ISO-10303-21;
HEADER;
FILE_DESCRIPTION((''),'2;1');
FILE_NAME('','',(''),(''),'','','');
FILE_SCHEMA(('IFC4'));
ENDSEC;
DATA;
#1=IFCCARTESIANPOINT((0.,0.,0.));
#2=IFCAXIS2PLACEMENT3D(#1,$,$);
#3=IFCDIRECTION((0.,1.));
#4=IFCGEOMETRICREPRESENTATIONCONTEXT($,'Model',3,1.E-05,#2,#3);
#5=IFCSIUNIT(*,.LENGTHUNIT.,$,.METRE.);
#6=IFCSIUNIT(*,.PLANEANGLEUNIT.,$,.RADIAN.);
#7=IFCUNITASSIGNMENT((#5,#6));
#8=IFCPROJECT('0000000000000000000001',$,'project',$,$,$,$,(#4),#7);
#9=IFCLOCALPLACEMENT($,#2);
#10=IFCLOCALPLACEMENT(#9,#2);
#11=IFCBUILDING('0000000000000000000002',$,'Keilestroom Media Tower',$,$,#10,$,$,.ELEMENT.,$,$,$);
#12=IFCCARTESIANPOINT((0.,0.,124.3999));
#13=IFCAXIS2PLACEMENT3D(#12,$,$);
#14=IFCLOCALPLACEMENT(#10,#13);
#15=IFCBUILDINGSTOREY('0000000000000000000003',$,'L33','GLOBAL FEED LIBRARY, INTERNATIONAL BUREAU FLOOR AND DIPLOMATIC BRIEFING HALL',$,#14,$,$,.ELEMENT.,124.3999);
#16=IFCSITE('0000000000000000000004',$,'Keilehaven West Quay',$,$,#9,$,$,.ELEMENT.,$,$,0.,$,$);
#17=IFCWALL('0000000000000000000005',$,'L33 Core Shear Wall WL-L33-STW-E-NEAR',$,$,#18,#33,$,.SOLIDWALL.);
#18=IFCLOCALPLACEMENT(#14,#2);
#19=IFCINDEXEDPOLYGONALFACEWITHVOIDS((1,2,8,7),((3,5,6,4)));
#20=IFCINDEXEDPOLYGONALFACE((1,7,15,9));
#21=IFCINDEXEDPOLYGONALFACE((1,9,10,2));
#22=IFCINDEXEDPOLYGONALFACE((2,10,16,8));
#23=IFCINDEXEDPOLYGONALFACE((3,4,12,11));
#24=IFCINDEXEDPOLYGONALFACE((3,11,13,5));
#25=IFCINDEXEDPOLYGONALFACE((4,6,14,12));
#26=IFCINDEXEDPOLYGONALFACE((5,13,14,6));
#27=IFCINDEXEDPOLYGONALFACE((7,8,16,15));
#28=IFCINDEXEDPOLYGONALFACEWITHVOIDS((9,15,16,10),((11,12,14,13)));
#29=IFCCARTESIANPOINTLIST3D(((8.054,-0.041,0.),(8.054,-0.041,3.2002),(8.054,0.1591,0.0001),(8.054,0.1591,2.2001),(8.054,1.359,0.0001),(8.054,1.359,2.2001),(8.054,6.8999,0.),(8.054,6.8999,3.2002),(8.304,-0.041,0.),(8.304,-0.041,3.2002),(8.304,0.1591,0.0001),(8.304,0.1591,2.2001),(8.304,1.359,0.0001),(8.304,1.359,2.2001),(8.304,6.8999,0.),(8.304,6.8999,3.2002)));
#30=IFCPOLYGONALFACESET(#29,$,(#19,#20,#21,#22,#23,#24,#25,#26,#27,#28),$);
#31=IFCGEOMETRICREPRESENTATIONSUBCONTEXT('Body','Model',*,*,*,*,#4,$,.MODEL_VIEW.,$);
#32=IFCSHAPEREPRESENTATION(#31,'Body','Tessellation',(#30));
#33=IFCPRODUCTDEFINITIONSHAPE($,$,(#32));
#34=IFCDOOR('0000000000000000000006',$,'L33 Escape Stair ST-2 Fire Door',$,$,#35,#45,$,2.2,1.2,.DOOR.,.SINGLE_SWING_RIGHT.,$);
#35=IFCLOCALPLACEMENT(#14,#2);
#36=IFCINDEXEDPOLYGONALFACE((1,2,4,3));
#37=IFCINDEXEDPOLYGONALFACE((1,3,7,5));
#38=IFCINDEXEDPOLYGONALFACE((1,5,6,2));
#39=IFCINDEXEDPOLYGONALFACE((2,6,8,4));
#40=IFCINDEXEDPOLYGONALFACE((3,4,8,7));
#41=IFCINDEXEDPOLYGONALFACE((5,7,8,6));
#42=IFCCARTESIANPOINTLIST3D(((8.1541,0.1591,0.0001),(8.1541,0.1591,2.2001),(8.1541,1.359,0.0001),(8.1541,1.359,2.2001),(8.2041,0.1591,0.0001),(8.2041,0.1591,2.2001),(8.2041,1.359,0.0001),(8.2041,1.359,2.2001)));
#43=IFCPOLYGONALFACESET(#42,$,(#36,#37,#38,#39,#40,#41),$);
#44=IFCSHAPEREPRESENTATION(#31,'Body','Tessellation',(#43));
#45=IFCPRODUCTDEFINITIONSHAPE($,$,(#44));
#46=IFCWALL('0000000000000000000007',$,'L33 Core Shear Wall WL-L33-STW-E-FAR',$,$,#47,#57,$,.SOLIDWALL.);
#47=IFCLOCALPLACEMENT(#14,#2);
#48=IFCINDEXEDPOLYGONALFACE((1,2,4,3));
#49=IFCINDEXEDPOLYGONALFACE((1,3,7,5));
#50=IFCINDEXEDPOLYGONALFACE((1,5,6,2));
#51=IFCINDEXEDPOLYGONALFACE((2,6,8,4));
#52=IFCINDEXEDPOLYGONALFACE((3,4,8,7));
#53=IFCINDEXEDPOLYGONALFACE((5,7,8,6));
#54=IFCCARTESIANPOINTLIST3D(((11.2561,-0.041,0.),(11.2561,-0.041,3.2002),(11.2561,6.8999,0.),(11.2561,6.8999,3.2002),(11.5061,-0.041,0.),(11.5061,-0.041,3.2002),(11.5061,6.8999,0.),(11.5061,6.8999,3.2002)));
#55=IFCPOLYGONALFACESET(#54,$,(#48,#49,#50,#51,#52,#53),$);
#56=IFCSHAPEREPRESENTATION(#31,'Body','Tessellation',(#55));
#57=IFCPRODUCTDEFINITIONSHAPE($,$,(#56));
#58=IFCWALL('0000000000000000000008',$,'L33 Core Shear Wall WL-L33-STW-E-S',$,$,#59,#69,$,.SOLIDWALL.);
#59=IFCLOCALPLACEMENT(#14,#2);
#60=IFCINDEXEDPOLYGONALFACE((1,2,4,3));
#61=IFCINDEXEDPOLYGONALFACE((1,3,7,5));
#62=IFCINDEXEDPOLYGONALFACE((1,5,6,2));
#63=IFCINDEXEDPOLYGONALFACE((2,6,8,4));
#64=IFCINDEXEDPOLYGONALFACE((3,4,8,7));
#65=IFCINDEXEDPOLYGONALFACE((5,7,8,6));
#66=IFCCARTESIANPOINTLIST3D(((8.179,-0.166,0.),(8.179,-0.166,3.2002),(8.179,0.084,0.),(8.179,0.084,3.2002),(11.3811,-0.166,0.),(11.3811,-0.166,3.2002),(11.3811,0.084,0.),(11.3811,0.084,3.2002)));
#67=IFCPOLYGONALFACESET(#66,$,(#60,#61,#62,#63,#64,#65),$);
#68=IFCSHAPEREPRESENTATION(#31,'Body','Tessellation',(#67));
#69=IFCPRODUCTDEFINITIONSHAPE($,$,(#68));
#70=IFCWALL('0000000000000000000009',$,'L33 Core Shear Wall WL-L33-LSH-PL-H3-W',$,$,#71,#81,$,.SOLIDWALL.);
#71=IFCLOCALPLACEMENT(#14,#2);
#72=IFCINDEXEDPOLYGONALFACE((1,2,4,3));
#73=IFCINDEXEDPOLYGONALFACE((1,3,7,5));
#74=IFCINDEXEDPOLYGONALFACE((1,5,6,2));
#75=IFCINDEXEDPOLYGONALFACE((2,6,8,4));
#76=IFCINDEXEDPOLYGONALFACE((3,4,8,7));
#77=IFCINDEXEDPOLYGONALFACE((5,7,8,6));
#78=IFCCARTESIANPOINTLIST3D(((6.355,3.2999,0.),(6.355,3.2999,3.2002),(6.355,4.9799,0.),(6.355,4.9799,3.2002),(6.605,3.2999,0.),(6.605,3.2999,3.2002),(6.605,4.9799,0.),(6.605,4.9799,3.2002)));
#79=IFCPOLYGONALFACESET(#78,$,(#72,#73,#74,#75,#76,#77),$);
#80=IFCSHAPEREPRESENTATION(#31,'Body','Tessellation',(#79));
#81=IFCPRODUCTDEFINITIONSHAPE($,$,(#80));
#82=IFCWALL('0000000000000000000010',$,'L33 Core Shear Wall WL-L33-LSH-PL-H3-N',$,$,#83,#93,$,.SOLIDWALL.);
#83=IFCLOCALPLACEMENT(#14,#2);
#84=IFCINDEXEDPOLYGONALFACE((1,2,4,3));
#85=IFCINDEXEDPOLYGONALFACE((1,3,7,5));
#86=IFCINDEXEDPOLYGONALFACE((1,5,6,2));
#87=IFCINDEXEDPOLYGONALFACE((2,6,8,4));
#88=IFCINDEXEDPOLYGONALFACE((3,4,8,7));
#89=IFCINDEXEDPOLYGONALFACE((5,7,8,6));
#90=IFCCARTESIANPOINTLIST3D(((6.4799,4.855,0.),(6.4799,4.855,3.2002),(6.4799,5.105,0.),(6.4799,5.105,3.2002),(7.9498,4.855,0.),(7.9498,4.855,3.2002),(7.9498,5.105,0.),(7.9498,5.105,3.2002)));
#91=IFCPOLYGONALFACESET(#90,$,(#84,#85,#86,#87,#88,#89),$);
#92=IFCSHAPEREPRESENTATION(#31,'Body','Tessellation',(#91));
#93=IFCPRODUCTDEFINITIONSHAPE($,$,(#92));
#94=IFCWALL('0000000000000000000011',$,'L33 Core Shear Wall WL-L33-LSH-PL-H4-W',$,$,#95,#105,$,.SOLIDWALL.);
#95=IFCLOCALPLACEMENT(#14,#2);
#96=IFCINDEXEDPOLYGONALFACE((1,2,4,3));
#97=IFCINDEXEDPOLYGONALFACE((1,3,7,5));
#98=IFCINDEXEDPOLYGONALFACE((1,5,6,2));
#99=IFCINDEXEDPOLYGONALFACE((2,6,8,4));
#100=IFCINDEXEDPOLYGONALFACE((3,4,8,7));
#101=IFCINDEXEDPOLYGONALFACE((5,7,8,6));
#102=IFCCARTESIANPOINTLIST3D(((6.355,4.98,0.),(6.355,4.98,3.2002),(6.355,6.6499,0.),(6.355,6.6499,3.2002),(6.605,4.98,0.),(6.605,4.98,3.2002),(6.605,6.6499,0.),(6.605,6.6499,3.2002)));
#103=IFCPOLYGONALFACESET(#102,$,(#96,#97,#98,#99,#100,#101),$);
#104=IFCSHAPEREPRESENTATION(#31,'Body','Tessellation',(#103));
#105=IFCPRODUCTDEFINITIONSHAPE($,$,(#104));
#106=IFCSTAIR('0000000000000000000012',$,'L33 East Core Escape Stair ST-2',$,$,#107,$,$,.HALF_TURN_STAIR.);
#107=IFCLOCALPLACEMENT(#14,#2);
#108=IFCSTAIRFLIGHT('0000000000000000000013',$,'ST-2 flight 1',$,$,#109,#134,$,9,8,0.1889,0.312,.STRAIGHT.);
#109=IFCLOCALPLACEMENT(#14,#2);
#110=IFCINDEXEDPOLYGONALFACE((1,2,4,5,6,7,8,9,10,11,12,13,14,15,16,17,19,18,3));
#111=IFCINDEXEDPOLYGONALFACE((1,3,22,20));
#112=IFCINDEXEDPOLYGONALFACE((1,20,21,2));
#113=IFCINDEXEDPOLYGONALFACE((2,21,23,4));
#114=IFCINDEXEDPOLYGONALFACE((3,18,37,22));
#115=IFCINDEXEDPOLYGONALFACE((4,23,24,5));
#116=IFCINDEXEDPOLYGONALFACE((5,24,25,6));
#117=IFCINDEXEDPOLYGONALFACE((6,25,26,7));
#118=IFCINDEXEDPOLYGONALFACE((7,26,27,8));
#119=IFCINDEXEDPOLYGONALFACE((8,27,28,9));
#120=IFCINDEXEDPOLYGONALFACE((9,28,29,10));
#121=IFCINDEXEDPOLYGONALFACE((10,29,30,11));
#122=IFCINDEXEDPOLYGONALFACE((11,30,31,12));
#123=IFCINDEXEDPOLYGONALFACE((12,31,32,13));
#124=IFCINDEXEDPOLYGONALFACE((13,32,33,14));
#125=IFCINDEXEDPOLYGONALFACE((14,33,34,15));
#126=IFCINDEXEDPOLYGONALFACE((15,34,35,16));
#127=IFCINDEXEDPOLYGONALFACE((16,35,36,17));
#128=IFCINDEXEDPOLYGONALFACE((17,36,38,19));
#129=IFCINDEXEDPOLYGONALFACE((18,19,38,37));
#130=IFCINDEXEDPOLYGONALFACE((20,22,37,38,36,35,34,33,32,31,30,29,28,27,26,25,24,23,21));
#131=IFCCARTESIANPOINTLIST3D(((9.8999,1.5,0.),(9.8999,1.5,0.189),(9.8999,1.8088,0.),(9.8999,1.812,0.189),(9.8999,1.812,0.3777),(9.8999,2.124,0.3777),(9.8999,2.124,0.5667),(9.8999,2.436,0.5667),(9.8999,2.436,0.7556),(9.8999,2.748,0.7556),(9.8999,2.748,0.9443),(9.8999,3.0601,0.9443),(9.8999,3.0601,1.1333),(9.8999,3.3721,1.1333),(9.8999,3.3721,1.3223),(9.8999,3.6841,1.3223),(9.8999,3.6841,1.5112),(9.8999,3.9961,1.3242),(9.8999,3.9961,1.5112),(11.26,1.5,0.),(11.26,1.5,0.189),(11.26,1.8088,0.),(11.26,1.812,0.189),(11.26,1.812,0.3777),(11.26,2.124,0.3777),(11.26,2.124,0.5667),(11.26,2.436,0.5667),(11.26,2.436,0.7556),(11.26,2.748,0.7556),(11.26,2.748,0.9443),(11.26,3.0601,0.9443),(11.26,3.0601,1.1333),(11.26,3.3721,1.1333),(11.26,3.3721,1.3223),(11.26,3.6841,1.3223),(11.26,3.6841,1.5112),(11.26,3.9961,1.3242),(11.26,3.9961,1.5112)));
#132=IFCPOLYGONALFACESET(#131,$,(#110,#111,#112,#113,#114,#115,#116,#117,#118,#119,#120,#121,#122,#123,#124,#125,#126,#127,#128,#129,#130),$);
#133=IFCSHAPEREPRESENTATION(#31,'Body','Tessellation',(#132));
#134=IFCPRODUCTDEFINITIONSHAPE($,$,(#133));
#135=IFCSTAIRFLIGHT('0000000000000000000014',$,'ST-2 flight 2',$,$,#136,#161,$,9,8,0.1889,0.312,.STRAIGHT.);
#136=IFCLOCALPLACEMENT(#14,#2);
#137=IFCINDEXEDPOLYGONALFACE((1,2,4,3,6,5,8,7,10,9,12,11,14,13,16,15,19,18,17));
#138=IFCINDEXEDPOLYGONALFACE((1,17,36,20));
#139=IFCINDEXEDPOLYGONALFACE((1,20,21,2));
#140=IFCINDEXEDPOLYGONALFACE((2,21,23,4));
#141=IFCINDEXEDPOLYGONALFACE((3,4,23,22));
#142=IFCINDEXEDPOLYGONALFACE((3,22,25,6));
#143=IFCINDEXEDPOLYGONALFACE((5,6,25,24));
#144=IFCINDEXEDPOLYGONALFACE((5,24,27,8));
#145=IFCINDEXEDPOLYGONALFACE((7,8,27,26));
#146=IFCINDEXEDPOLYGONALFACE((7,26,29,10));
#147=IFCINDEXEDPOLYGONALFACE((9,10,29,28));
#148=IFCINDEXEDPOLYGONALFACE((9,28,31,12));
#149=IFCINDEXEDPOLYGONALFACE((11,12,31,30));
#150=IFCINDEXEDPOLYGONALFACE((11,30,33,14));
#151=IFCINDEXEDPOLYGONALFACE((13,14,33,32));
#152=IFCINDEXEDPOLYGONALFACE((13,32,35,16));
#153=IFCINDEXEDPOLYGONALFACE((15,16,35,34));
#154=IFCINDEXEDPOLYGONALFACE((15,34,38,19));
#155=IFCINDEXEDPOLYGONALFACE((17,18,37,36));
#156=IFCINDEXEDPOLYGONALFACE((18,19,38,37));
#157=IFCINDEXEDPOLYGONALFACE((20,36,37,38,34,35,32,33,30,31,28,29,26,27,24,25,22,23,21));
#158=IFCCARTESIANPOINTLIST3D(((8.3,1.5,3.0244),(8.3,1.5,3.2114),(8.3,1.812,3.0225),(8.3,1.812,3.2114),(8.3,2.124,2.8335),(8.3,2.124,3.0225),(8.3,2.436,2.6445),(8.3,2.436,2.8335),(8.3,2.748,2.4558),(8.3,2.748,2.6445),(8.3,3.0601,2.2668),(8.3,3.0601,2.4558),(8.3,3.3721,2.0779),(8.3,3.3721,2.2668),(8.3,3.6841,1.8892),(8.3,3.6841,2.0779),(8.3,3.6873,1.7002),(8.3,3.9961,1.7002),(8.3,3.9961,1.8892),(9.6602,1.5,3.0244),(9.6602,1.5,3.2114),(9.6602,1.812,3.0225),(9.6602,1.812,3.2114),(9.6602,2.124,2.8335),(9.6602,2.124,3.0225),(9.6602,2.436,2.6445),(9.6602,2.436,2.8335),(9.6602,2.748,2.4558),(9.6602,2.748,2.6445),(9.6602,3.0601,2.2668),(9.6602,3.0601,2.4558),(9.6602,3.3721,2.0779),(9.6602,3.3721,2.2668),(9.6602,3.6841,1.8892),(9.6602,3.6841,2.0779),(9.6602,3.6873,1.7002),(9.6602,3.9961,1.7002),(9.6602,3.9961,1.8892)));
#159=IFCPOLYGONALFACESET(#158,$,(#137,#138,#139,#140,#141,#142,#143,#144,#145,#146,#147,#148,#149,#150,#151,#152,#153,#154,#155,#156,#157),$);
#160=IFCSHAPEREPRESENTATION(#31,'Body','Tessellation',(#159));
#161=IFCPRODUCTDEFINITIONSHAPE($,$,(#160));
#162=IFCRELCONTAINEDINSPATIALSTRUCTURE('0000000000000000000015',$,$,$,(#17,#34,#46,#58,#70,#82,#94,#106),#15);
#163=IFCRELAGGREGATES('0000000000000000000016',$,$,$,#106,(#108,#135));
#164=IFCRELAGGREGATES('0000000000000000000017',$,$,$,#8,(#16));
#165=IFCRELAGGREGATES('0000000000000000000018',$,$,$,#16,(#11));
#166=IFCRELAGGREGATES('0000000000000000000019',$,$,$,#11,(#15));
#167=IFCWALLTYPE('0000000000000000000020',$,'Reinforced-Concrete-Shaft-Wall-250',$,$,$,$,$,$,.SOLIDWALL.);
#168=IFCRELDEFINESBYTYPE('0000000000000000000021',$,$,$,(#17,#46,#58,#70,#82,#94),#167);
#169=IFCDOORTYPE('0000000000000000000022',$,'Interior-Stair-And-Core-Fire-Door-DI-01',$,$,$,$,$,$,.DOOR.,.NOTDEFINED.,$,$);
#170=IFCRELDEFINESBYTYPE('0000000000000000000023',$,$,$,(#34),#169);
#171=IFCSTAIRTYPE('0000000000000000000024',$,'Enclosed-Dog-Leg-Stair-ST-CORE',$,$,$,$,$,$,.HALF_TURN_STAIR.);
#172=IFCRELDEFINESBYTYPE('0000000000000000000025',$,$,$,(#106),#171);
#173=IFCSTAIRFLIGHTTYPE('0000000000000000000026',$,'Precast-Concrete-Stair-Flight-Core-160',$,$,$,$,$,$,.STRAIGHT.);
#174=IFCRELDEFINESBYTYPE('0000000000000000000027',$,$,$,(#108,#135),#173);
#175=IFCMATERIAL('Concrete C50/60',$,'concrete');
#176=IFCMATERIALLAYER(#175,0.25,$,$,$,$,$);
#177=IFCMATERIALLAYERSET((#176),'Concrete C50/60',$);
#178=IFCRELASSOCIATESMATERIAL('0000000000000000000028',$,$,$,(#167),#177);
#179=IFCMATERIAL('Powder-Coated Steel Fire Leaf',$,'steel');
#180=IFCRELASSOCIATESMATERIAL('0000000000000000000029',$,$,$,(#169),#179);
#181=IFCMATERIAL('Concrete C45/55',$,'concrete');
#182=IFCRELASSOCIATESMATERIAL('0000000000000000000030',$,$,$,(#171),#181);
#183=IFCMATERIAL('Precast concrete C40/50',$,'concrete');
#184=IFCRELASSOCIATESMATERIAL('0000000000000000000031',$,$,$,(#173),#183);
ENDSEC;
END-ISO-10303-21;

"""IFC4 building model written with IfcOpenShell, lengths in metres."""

from ifc_helpers import new_model, si_unit, direction, frame, frame_2d, origin, place, context, subcontext, project, spatial, polyline, rectangle, outline, extrude, source, transform, mapped, material, layer, layer_set, type_object, element, fill, aggregate, save


model = new_model("IFC4")

# Units and contexts
model_context = context("Model", 3, precision=1e-05, world=origin(), true_north=direction((0.0, 1.0)))
body_context = subcontext(model_context, "Body", "Model", "MODEL_VIEW")
ifc_project = project(units=[si_unit("LENGTHUNIT", "METRE"), si_unit("PLANEANGLEUNIT", "RADIAN")], contexts=[model_context])

# Site, building, storey
site_placement = place(None, origin())
site = spatial("IfcSite", under=ifc_project, at=site_placement, Name="Keilehaven West Quay", CompositionType="ELEMENT", RefElevation=0.0)
building_placement = place(site_placement, origin())
building = spatial("IfcBuilding", under=site, at=building_placement, Name="Keilestroom Media Tower", CompositionType="ELEMENT")
storey_placement = place(building_placement, frame((0.0, 0.0, 124.3999)))
storey = spatial("IfcBuildingStorey", under=building, at=storey_placement, Name="L33", Description="GLOBAL FEED LIBRARY, INTERNATIONAL BUREAU FLOOR AND DIPLOMATIC BRIEFING HALL", CompositionType="ELEMENT", Elevation=124.3999)

# Shared definitions
ifc_material_1 = material(Name="Concrete C50/60", Category="concrete")
ifc_layer_1 = layer(ifc_material_1, 0.25)
ifc_layer_set_1 = layer_set([ifc_layer_1], Name="Concrete C50/60")
wall_type_1 = type_object("IfcWallType", Name="Reinforced-Concrete-Shaft-Wall-250", PredefinedType="SOLIDWALL", material=ifc_layer_set_1)

# Wall, opening, door
wall_1_placement = place(storey_placement, frame((8.179, -0.041, 0.0), z_axis=(0.0, 0.0, 1.0), x_axis=(0.0, 1.0, 0.0)))
wall_1 = element("IfcWall", 1, at=wall_1_placement, inside=storey, type_object=wall_type_1, Name="L33 Core Shear Wall WL-L33-STW-E-NEAR", PredefinedType="SOLIDWALL", context=body_context, shape_type="SweptSolid", body=[
    extrude(rectangle(XDim=6.9409, YDim=0.25, at=frame_2d((3.4705, 0.0))), origin(), (0.0, 0.0, 1.0), 3.2002),
])
opening_placement = place(wall_1_placement, frame((0.2, 0.0, 0.0)))
opening = element("IfcOpeningElement", 2, at=opening_placement, cuts=wall_1, PredefinedType="OPENING", context=body_context, shape_type="SweptSolid", body=[
    extrude(rectangle(XDim=1.2, YDim=2.2, at=frame_2d((0.6001, 1.1001))), frame((0.0, 0.135, 0.0), z_axis=(0.0, -1.0, 0.0), x_axis=(1.0, 0.0, 0.0)), (0.0, 0.0, 1.0), 0.27),
])
ifc_material_2 = material(Name="Powder-Coated Steel Fire Leaf", Category="steel")
door_type = type_object("IfcDoorType", Name="Interior-Stair-And-Core-Fire-Door-DI-01", OperationType="NOTDEFINED", PredefinedType="DOOR", material=ifc_material_2)
shared_shape_1 = source(origin(), body_context, "Body", "SweptSolid", [
    extrude(rectangle(XDim=1.2, YDim=2.2, at=frame_2d((0.6001, 1.1001))), frame((0.0, 0.0249, 0.0), z_axis=(0.0, -1.0, 0.0), x_axis=(1.0, 0.0, 0.0)), (0.0, 0.0, 1.0), 0.05),
])
door_placement = place(opening_placement, origin())
door = element("IfcDoor", 3, at=door_placement, inside=storey, type_object=door_type, Name="L33 Escape Stair ST-2 Fire Door", OperationType="SINGLE_SWING_RIGHT", OverallHeight=2.2, OverallWidth=1.2, PredefinedType="DOOR", context=body_context, shape_type="MappedRepresentation", body=[
    mapped(shared_shape_1, transform((0.0, 0.0, 0.0), x_axis=(1.0, 0.0, 0.0), y_axis=(0.0, 1.0, 0.0), z_axis=(0.0, 0.0, 1.0), scale=1.0)),
])
fill(opening, door)

# Walls
wall_2_placement = place(storey_placement, frame((11.3811, -0.041, 0.0), z_axis=(0.0, 0.0, 1.0), x_axis=(0.0, 1.0, 0.0)))
element("IfcWall", 4, at=wall_2_placement, inside=storey, type_object=wall_type_1, Name="L33 Core Shear Wall WL-L33-STW-E-FAR", PredefinedType="SOLIDWALL", context=body_context, shape_type="SweptSolid", body=[
    extrude(rectangle(XDim=6.9409, YDim=0.25, at=frame_2d((3.4705, 0.0))), origin(), (0.0, 0.0, 1.0), 3.2002),
])
wall_3_placement = place(storey_placement, frame((8.179, -0.041, 0.0), z_axis=(0.0, 0.0, 1.0), x_axis=(1.0, 0.0, 0.0)))
element("IfcWall", 5, at=wall_3_placement, inside=storey, type_object=wall_type_1, Name="L33 Core Shear Wall WL-L33-STW-E-S", PredefinedType="SOLIDWALL", context=body_context, shape_type="SweptSolid", body=[
    extrude(rectangle(XDim=3.2021, YDim=0.25, at=frame_2d((1.6011, 0.0))), origin(), (0.0, 0.0, 1.0), 3.2002),
])
wall_4_placement = place(storey_placement, frame((6.48, 3.3, 0.0), z_axis=(0.0, 0.0, 1.0), x_axis=(0.0, 1.0, 0.0)))
element("IfcWall", 6, at=wall_4_placement, inside=storey, type_object=wall_type_1, Name="L33 Core Shear Wall WL-L33-LSH-PL-H3-W", PredefinedType="SOLIDWALL", context=body_context, shape_type="SweptSolid", body=[
    extrude(rectangle(XDim=1.6799, YDim=0.25, at=frame_2d((0.8398, 0.0))), origin(), (0.0, 0.0, 1.0), 3.2002),
])
wall_5_placement = place(storey_placement, frame((6.48, 4.98, 0.0), z_axis=(0.0, 0.0, 1.0), x_axis=(1.0, 0.0, 0.0)))
element("IfcWall", 7, at=wall_5_placement, inside=storey, type_object=wall_type_1, Name="L33 Core Shear Wall WL-L33-LSH-PL-H3-N", PredefinedType="SOLIDWALL", context=body_context, shape_type="SweptSolid", body=[
    extrude(rectangle(XDim=1.47, YDim=0.25, at=frame_2d((0.7349, 0.0))), origin(), (0.0, 0.0, 1.0), 3.2002),
])
wall_6_placement = place(storey_placement, frame((6.48, 4.98, 0.0), z_axis=(0.0, 0.0, 1.0), x_axis=(0.0, 1.0, 0.0)))
element("IfcWall", 8, at=wall_6_placement, inside=storey, type_object=wall_type_1, Name="L33 Core Shear Wall WL-L33-LSH-PL-H4-W", PredefinedType="SOLIDWALL", context=body_context, shape_type="SweptSolid", body=[
    extrude(rectangle(XDim=1.6699, YDim=0.25, at=frame_2d((0.835, 0.0))), origin(), (0.0, 0.0, 1.0), 3.2002),
])

# Stair, stair flights
ifc_material_3 = material(Name="Concrete C45/55", Category="concrete")
stair_type = type_object("IfcStairType", Name="Enclosed-Dog-Leg-Stair-ST-CORE", PredefinedType="HALF_TURN_STAIR", material=ifc_material_3)
stair_placement = place(storey_placement, origin())
stair = element("IfcStair", 9, at=stair_placement, inside=storey, type_object=stair_type, Name="L33 East Core Escape Stair ST-2", PredefinedType="HALF_TURN_STAIR")
ifc_material_4 = material(Name="Precast concrete C40/50", Category="concrete")
stair_flight_type = type_object("IfcStairFlightType", Name="Precast-Concrete-Stair-Flight-Core-160", PredefinedType="STRAIGHT", material=ifc_material_4)
stair_flight_1_placement = place(storey_placement, frame((10.5801, 1.5, 0.0), z_axis=(0.0, 0.0, 1.0), x_axis=(0.0, 1.0, 0.0)))
stair_flight_1 = element("IfcStairFlight", 10, at=stair_flight_1_placement, type_object=stair_flight_type, Name="ST-2 flight 1", NumberOfRisers=9, NumberOfTreads=8, PredefinedType="STRAIGHT", RiserHeight=0.1889, TreadLength=0.312, context=body_context, shape_type="SweptSolid", body=[
    extrude(outline(polyline([(0.0, 0.0), (0.0, 0.189), (0.312, 0.189), (0.312, 0.3777), (0.624, 0.3777), (0.624, 0.5667), (0.936, 0.5667), (0.936, 0.7556), (1.248, 0.7556), (1.248, 0.9443), (1.5601, 0.9443), (1.5601, 1.1333), (1.8721, 1.1333), (1.8721, 1.3223), (2.1841, 1.3223), (2.1841, 1.5112), (2.4961, 1.5112), (2.4961, 1.7), (2.4961, 1.3242), (0.3088, 0.0), (0.0, 0.0)])), frame((0.0, 0.6802, 0.0), z_axis=(0.0, -1.0, 0.0), x_axis=(1.0, 0.0, 0.0)), (0.0, 0.0, 1.0), 1.3601),
])
stair_flight_2_placement = place(storey_placement, frame((8.98, 3.9961, 1.7002), z_axis=(0.0, 0.0, 1.0), x_axis=(0.0, -1.0, 0.0)))
stair_flight_2 = element("IfcStairFlight", 11, at=stair_flight_2_placement, type_object=stair_flight_type, Name="ST-2 flight 2", NumberOfRisers=9, NumberOfTreads=8, PredefinedType="STRAIGHT", RiserHeight=0.1889, TreadLength=0.312, context=body_context, shape_type="SweptSolid", body=[
    extrude(outline(polyline([(0.0, 0.0), (0.0, 0.189), (0.312, 0.189), (0.312, 0.3777), (0.624, 0.3777), (0.624, 0.5667), (0.936, 0.5667), (0.936, 0.7556), (1.248, 0.7556), (1.248, 0.9443), (1.5601, 0.9443), (1.5601, 1.1333), (1.8721, 1.1333), (1.8721, 1.3223), (2.1841, 1.3223), (2.1841, 1.5112), (2.4961, 1.5112), (2.4961, 1.7), (2.4961, 1.3242), (0.3088, 0.0), (0.0, 0.0)])), frame((0.0, 0.6802, 0.0), z_axis=(0.0, -1.0, 0.0), x_axis=(1.0, 0.0, 0.0)), (0.0, 0.0, 1.0), 1.3601),
])
aggregate(stair, [stair_flight_1, stair_flight_2])

save(model, "model.ifc")
